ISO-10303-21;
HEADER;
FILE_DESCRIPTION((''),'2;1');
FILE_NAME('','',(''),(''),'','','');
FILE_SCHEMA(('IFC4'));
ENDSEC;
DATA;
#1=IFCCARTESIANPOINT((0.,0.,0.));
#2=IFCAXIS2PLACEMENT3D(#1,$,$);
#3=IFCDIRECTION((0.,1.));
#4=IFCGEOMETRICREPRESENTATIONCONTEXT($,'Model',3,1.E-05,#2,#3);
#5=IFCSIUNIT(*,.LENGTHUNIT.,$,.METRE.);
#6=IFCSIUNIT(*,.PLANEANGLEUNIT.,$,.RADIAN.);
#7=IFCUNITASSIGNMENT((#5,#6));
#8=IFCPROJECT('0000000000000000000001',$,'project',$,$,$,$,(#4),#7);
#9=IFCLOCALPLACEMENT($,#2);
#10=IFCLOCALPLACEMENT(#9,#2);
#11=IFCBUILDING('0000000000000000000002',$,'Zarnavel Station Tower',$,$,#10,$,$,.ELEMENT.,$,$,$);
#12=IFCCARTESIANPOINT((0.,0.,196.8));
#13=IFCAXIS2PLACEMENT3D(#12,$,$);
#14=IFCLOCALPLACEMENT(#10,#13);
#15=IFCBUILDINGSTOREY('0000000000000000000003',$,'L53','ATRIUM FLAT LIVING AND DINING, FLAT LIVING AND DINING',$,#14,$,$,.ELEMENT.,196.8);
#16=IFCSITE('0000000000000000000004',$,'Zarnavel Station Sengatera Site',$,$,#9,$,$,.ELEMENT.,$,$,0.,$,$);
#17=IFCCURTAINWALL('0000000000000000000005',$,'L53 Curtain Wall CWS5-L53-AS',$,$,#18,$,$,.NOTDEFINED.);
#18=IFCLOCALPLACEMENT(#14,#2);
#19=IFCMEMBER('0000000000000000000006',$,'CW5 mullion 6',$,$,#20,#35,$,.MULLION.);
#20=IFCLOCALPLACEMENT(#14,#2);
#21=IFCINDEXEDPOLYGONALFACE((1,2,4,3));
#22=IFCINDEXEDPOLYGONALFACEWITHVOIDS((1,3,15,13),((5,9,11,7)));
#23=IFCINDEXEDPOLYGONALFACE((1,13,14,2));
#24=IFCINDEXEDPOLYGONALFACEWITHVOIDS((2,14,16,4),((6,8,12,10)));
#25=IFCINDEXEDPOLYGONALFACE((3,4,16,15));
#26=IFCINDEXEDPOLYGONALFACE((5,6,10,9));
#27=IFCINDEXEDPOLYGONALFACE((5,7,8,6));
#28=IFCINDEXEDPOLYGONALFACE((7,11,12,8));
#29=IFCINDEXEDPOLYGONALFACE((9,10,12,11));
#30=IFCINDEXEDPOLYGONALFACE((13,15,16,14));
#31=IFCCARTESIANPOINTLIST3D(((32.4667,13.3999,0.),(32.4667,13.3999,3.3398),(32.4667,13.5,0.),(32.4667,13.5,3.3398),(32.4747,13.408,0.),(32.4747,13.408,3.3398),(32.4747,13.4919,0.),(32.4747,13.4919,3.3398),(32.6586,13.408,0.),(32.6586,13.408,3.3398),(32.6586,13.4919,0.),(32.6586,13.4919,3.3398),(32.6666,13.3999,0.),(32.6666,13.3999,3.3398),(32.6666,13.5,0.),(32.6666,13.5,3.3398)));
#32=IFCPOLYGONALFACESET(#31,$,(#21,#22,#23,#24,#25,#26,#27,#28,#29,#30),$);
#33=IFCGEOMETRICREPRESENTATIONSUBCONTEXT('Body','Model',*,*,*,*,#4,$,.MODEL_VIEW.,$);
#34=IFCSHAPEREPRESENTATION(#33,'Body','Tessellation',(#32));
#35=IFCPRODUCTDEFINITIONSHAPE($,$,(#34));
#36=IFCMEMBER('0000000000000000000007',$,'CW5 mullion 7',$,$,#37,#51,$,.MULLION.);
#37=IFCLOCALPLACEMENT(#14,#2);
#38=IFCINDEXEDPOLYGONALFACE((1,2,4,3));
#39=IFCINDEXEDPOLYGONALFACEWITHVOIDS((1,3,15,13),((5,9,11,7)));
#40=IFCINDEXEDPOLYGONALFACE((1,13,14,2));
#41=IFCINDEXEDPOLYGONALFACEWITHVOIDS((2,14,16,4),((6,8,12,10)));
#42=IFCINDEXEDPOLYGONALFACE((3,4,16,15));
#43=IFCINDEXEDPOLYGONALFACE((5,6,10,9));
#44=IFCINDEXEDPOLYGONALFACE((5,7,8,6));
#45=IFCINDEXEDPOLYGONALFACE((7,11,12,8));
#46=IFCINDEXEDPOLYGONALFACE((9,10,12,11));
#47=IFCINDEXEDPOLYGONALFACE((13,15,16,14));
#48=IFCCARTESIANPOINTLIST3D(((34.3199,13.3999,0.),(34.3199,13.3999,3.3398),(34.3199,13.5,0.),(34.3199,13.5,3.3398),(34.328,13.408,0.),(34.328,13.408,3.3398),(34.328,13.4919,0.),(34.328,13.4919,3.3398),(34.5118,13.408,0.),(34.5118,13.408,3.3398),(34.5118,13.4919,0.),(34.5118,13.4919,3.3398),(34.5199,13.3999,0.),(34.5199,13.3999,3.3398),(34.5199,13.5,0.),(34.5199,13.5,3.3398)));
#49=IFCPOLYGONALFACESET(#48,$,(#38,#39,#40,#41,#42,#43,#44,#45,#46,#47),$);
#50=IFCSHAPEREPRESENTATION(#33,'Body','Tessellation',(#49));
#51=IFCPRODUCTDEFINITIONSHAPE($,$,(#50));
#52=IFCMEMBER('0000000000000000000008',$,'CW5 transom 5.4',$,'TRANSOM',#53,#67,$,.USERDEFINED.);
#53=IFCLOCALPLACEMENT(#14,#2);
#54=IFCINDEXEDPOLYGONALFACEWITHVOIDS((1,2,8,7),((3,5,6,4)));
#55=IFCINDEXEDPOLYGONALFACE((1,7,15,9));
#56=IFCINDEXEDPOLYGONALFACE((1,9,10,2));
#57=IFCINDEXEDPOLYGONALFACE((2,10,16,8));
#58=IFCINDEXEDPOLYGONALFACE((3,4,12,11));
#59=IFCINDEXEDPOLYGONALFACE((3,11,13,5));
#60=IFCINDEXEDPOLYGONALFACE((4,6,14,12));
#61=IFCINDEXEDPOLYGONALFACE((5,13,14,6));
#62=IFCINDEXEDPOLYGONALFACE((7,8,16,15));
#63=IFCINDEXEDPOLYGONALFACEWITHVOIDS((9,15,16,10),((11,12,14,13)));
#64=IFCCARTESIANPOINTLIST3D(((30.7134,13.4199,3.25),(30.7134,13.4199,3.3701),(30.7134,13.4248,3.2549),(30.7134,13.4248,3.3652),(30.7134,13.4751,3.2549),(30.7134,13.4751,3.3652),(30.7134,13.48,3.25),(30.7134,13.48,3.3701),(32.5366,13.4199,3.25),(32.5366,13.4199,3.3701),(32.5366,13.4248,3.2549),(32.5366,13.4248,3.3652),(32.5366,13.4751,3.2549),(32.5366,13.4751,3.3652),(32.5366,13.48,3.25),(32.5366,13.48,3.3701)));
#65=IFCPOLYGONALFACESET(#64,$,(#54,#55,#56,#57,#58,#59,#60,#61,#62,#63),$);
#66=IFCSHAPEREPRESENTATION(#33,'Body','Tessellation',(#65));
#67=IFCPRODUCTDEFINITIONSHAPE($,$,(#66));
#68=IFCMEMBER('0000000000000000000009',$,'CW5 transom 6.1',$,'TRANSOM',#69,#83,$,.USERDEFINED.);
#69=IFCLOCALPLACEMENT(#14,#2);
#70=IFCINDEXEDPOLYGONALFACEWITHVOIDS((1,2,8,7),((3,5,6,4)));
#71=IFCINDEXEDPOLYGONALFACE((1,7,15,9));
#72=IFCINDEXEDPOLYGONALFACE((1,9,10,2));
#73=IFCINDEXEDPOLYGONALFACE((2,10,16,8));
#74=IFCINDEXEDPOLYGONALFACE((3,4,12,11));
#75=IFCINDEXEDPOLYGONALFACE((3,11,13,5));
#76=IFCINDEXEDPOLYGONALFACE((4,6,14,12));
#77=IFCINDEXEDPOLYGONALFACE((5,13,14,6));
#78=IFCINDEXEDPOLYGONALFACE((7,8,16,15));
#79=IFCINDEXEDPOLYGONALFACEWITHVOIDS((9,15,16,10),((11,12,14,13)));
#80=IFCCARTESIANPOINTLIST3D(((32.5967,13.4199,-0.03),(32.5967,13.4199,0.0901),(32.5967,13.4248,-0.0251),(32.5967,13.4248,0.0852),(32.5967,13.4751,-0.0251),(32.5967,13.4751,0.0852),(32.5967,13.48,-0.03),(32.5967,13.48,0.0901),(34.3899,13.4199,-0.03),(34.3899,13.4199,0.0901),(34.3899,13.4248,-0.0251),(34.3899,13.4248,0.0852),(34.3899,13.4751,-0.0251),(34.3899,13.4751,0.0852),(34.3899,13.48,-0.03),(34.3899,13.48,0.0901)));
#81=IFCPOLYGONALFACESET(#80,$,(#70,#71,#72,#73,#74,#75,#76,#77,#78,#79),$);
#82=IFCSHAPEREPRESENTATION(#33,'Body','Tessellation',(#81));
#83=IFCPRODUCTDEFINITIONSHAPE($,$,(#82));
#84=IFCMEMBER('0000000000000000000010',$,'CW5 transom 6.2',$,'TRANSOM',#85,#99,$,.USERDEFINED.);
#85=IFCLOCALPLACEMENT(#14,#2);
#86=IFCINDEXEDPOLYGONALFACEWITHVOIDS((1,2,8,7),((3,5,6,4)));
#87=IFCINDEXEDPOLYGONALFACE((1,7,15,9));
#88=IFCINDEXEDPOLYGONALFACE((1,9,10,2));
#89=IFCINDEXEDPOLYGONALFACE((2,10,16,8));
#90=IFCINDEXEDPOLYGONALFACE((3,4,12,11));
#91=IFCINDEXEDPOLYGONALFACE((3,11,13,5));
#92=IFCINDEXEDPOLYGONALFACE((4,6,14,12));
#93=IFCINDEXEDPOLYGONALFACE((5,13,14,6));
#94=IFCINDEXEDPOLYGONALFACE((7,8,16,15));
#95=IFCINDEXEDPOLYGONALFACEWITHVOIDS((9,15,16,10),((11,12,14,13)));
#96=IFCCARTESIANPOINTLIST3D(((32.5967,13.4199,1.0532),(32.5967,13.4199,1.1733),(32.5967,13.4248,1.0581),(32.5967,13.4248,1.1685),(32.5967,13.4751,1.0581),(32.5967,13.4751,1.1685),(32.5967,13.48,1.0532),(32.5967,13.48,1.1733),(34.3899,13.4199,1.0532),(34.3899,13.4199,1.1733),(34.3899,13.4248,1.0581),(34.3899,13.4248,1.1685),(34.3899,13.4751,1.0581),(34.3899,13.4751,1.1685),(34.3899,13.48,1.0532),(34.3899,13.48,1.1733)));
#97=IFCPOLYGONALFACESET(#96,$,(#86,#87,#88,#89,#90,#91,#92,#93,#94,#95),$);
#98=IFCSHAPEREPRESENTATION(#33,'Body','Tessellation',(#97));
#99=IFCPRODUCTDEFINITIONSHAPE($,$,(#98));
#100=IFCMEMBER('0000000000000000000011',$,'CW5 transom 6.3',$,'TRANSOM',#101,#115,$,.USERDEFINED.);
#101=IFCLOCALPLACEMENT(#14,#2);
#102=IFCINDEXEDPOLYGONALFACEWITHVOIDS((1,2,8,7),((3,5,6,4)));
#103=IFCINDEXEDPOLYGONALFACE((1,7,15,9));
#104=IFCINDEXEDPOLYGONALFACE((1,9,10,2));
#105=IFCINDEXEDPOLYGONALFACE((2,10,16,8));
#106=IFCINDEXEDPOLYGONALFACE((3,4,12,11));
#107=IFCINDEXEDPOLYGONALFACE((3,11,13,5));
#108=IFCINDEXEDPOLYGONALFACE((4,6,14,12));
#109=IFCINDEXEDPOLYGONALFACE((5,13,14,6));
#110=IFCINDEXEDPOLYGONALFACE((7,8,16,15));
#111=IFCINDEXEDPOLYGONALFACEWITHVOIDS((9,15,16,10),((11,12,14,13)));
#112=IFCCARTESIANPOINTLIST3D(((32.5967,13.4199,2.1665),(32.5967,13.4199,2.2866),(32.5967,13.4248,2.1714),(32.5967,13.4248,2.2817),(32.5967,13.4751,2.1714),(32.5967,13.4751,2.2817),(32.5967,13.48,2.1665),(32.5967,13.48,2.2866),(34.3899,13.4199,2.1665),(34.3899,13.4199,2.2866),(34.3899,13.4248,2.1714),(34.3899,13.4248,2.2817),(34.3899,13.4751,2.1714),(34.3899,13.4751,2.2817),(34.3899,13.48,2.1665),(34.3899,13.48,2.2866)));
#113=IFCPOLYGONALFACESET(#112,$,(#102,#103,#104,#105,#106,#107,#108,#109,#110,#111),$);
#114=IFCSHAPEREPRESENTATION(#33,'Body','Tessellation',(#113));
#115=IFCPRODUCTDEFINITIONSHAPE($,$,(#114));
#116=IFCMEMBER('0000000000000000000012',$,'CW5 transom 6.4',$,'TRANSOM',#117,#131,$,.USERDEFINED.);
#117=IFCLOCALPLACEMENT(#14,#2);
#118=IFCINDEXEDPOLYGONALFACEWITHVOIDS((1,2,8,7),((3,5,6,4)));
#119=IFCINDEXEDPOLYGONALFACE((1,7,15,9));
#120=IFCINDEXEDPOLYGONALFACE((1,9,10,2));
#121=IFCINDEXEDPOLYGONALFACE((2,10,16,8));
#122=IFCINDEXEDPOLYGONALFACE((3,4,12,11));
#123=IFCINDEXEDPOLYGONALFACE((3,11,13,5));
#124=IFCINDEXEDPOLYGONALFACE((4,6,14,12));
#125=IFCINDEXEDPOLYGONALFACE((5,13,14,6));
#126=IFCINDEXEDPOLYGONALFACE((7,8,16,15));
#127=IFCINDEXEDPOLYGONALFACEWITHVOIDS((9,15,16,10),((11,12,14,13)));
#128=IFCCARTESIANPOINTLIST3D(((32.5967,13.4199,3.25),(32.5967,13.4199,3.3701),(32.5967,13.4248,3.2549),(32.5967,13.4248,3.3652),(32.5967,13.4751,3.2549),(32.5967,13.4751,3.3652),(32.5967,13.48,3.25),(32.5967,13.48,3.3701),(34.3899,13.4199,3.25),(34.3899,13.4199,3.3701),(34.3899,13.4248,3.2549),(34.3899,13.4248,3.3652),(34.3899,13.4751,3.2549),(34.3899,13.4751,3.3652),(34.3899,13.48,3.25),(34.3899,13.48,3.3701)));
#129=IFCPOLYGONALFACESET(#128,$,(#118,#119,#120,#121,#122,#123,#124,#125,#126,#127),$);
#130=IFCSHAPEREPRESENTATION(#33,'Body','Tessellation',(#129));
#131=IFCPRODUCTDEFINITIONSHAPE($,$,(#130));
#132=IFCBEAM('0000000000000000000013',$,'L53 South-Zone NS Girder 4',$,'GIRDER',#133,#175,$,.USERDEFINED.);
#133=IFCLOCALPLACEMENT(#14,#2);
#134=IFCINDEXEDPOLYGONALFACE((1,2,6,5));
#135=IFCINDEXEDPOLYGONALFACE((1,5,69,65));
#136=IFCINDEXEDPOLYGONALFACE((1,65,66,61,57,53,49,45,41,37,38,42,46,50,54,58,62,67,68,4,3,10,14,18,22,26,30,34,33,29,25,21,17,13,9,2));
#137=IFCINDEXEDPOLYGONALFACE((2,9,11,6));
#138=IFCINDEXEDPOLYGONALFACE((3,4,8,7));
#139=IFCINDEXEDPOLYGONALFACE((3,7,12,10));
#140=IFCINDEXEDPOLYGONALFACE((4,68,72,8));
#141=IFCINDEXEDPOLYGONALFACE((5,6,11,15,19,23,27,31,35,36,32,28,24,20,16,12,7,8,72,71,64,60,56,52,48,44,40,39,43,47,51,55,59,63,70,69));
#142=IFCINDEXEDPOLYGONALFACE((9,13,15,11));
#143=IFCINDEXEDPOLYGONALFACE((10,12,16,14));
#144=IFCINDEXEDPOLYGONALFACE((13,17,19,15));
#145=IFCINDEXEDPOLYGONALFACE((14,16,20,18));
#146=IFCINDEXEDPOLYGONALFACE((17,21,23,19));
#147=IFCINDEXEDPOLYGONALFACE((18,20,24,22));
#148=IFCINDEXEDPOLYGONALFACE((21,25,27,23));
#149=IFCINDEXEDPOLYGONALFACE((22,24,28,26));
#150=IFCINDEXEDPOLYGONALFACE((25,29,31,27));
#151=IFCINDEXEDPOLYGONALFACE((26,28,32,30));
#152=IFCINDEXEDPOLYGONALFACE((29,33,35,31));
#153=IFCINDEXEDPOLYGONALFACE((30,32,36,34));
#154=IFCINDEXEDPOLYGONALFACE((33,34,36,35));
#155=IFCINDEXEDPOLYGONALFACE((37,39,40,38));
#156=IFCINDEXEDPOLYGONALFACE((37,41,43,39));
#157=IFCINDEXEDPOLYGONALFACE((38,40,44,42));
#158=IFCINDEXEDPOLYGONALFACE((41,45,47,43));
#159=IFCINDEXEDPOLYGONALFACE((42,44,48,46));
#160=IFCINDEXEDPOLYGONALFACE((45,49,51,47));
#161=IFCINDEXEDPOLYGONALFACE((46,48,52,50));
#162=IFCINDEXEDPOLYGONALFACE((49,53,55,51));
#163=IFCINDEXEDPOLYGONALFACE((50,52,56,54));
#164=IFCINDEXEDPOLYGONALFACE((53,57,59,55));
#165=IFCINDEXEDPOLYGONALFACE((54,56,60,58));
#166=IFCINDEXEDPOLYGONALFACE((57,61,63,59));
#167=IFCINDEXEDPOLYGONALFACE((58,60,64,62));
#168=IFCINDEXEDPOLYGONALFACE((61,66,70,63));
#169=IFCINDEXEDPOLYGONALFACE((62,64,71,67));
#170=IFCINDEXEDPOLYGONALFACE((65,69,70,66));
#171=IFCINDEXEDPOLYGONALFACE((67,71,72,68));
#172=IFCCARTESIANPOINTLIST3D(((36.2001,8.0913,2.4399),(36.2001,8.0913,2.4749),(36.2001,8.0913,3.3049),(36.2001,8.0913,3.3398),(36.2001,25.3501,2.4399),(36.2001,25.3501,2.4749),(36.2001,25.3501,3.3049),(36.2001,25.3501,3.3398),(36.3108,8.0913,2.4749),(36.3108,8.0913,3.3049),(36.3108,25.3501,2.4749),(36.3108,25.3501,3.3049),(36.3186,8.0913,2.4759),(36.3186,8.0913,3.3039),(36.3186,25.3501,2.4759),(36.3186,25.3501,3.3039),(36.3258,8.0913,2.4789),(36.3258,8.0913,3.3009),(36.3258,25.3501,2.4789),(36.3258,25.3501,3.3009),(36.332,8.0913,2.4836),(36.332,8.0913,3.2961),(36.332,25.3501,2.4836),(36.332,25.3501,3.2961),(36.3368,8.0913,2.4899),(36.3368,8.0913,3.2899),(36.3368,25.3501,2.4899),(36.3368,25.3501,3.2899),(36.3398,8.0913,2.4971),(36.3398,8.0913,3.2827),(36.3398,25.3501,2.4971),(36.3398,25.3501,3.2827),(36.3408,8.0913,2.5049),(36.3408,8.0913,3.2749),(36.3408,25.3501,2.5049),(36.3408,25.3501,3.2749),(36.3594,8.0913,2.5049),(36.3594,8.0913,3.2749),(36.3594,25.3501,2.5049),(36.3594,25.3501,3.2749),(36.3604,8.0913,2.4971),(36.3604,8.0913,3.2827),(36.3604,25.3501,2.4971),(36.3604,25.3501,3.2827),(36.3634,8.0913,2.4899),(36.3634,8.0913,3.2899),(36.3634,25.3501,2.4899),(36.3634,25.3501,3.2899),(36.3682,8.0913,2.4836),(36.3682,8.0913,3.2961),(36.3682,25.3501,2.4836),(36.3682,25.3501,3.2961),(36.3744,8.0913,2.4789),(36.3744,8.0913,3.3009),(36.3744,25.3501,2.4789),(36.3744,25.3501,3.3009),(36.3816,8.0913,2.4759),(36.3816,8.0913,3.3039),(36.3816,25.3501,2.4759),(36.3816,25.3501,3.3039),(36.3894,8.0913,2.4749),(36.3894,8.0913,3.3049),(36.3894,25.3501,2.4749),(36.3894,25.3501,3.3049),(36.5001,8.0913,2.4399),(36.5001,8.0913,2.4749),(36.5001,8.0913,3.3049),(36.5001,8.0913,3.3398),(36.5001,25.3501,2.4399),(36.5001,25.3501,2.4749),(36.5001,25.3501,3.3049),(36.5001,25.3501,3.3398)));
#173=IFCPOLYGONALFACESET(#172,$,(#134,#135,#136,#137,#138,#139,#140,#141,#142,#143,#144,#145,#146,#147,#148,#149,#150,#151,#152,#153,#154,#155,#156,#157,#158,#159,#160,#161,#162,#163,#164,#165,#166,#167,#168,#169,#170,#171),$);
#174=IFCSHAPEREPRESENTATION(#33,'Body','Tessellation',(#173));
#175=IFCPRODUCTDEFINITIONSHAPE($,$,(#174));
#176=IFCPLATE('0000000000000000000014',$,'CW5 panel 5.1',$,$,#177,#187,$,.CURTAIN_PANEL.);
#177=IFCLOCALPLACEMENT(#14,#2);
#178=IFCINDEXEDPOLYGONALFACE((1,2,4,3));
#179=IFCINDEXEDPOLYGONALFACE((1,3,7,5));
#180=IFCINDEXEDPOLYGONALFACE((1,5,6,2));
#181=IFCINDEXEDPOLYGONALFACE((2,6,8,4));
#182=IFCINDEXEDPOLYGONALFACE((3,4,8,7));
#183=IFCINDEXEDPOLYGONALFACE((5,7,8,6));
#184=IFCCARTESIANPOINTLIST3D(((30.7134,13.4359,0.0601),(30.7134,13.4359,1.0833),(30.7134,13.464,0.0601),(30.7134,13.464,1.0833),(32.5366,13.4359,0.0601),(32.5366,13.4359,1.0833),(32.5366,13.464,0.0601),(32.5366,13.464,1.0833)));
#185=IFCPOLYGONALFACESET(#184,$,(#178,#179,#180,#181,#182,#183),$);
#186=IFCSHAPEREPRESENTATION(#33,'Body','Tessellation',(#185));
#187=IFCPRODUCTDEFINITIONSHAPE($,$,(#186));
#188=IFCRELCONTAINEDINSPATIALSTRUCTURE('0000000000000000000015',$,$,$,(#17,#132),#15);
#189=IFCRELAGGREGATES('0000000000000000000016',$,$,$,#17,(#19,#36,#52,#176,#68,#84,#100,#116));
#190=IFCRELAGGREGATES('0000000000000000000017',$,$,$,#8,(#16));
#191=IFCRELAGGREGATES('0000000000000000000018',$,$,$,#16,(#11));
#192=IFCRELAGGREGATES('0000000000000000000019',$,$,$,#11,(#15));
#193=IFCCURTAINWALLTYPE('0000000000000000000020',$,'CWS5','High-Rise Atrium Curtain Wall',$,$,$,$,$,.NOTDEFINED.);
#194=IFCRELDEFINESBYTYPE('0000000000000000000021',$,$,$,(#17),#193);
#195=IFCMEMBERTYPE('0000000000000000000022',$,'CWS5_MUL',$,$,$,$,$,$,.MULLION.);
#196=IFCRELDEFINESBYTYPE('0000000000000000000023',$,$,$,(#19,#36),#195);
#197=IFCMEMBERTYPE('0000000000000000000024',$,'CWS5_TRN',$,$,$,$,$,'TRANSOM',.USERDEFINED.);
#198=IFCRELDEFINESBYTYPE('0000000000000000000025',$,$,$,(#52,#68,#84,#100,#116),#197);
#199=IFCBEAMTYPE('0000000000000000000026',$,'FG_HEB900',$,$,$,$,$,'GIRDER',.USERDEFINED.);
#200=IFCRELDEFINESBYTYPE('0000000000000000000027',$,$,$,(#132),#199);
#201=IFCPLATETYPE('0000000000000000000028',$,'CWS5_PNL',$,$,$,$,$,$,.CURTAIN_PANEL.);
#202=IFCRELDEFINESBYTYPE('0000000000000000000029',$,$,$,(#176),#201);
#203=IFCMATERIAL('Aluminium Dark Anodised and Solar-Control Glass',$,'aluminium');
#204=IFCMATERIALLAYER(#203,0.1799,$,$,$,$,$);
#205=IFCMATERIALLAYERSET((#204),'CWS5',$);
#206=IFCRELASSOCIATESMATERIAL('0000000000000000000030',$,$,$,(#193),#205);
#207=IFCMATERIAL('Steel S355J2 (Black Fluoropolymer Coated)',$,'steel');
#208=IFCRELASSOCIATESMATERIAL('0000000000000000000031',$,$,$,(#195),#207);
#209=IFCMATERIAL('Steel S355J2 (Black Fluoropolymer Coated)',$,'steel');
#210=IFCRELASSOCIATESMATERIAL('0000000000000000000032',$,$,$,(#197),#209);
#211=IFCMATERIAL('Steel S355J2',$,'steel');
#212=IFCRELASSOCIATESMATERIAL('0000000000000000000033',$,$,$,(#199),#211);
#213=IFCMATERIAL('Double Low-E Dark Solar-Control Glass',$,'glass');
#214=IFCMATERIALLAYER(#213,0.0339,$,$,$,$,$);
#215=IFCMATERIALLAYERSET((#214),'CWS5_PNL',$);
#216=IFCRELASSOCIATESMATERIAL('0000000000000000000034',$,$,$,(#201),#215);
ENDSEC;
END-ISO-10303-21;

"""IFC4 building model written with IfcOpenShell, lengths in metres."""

from ifc_helpers import new_model, si_unit, direction, frame, origin, origin_2d, place, context, subcontext, project, spatial, rectangle, hollow_rectangle, i_section, extrude, material, layer, layer_set, material_profile, profile_set, type_object, element, aggregate, save


model = new_model("IFC4")

# Units and contexts
model_context = context("Model", 3, precision=1e-05, world=origin(), true_north=direction((0.0, 1.0)))
body_context = subcontext(model_context, "Body", "Model", "MODEL_VIEW")
ifc_project = project(units=[si_unit("LENGTHUNIT", "METRE"), si_unit("PLANEANGLEUNIT", "RADIAN")], contexts=[model_context])

# Site, building, storey
site_placement = place(None, origin())
site = spatial("IfcSite", under=ifc_project, at=site_placement, Name="Zarnavel Station Sengatera Site", CompositionType="ELEMENT", RefElevation=0.0)
building_placement = place(site_placement, origin())
building = spatial("IfcBuilding", under=site, at=building_placement, Name="Zarnavel Station Tower", CompositionType="ELEMENT")
storey_placement = place(building_placement, frame((0.0, 0.0, 196.8)))
storey = spatial("IfcBuildingStorey", under=building, at=storey_placement, Name="L53", Description="ATRIUM FLAT LIVING AND DINING, FLAT LIVING AND DINING", CompositionType="ELEMENT", Elevation=196.8)

# Curtain wall, members
ifc_material_1 = material(Name="Aluminium Dark Anodised and Solar-Control Glass", Category="aluminium")
ifc_layer_1 = layer(ifc_material_1, 0.1799)
ifc_layer_set_1 = layer_set([ifc_layer_1], Name="CWS5")
curtain_wall_type = type_object("IfcCurtainWallType", Name="CWS5", Description="High-Rise Atrium Curtain Wall", PredefinedType="NOTDEFINED", material=ifc_layer_set_1)
curtain_wall_placement = place(storey_placement, origin())
curtain_wall = element("IfcCurtainWall", 1, at=curtain_wall_placement, inside=storey, type_object=curtain_wall_type, Name="L53 Curtain Wall CWS5-L53-AS", PredefinedType="NOTDEFINED")
ifc_material_2 = material(Name="Steel S355J2 (Black Fluoropolymer Coated)", Category="steel")
ifc_material_profile_1 = material_profile(ifc_material_2, hollow_rectangle(XDim=0.1001, YDim=0.2, WallThickness=0.0081, at=origin_2d()), Name="RHS200x100x8")
ifc_profile_set_1 = profile_set([ifc_material_profile_1], Name="Steel S355J2 (Black Fluoropolymer Coated)")
member_type_1 = type_object("IfcMemberType", Name="CWS5_MUL", PredefinedType="MULLION", material=ifc_profile_set_1)
member_1_placement = place(storey_placement, frame((32.5667, 13.45, 0.0), z_axis=(0.0, 0.0, 1.0), x_axis=(0.0, 1.0, 0.0)))
member_1 = element("IfcMember", 2, at=member_1_placement, type_object=member_type_1, Name="CW5 mullion 6", PredefinedType="MULLION", context=body_context, shape_type="SweptSolid", body=[
    extrude(hollow_rectangle(XDim=0.1001, YDim=0.2, WallThickness=0.0081, at=origin_2d()), origin(), (0.0, 0.0, 1.0), 3.3398),
])
member_2_placement = place(storey_placement, frame((34.4199, 13.45, 0.0), z_axis=(0.0, 0.0, 1.0), x_axis=(0.0, 1.0, 0.0)))
member_2 = element("IfcMember", 3, at=member_2_placement, type_object=member_type_1, Name="CW5 mullion 7", PredefinedType="MULLION", context=body_context, shape_type="SweptSolid", body=[
    extrude(hollow_rectangle(XDim=0.1001, YDim=0.2, WallThickness=0.0081, at=origin_2d()), origin(), (0.0, 0.0, 1.0), 3.3398),
])
ifc_material_3 = material(Name="Steel S355J2 (Black Fluoropolymer Coated)", Category="steel")
ifc_material_profile_2 = material_profile(ifc_material_3, hollow_rectangle(XDim=0.0601, YDim=0.1201, WallThickness=0.0049, at=origin_2d()), Name="RHS120x60x5")
ifc_profile_set_2 = profile_set([ifc_material_profile_2], Name="Steel S355J2 (Black Fluoropolymer Coated)")
member_type_2 = type_object("IfcMemberType", Name="CWS5_TRN", ElementType="TRANSOM", PredefinedType="USERDEFINED", material=ifc_profile_set_2)
member_3_placement = place(storey_placement, frame((30.7134, 13.45, 3.3101), z_axis=(1.0, 0.0, 0.0), x_axis=(0.0, 1.0, 0.0)))
member_3 = element("IfcMember", 4, at=member_3_placement, type_object=member_type_2, Name="CW5 transom 5.4", ObjectType="TRANSOM", PredefinedType="USERDEFINED", context=body_context, shape_type="SweptSolid", body=[
    extrude(hollow_rectangle(XDim=0.0601, YDim=0.1201, WallThickness=0.0049, at=origin_2d()), origin(), (0.0, 0.0, 1.0), 1.8232),
])
member_4_placement = place(storey_placement, frame((32.5967, 13.45, 0.03), z_axis=(1.0, 0.0, 0.0), x_axis=(0.0, 1.0, 0.0)))
member_4 = element("IfcMember", 5, at=member_4_placement, type_object=member_type_2, Name="CW5 transom 6.1", ObjectType="TRANSOM", PredefinedType="USERDEFINED", context=body_context, shape_type="SweptSolid", body=[
    extrude(hollow_rectangle(XDim=0.0601, YDim=0.1201, WallThickness=0.0049, at=origin_2d()), origin(), (0.0, 0.0, 1.0), 1.7932),
])
member_5_placement = place(storey_placement, frame((32.5967, 13.45, 1.1133), z_axis=(1.0, 0.0, 0.0), x_axis=(0.0, 1.0, 0.0)))
member_5 = element("IfcMember", 6, at=member_5_placement, type_object=member_type_2, Name="CW5 transom 6.2", ObjectType="TRANSOM", PredefinedType="USERDEFINED", context=body_context, shape_type="SweptSolid", body=[
    extrude(hollow_rectangle(XDim=0.0601, YDim=0.1201, WallThickness=0.0049, at=origin_2d()), origin(), (0.0, 0.0, 1.0), 1.7932),
])
member_6_placement = place(storey_placement, frame((32.5967, 13.45, 2.2266), z_axis=(1.0, 0.0, 0.0), x_axis=(0.0, 1.0, 0.0)))
member_6 = element("IfcMember", 7, at=member_6_placement, type_object=member_type_2, Name="CW5 transom 6.3", ObjectType="TRANSOM", PredefinedType="USERDEFINED", context=body_context, shape_type="SweptSolid", body=[
    extrude(hollow_rectangle(XDim=0.0601, YDim=0.1201, WallThickness=0.0049, at=origin_2d()), origin(), (0.0, 0.0, 1.0), 1.7932),
])
member_7_placement = place(storey_placement, frame((32.5967, 13.45, 3.3101), z_axis=(1.0, 0.0, 0.0), x_axis=(0.0, 1.0, 0.0)))
member_7 = element("IfcMember", 8, at=member_7_placement, type_object=member_type_2, Name="CW5 transom 6.4", ObjectType="TRANSOM", PredefinedType="USERDEFINED", context=body_context, shape_type="SweptSolid", body=[
    extrude(hollow_rectangle(XDim=0.0601, YDim=0.1201, WallThickness=0.0049, at=origin_2d()), origin(), (0.0, 0.0, 1.0), 1.7932),
])

# Beam
ifc_material_4 = material(Name="Steel S355J2", Category="steel")
ifc_material_profile_3 = material_profile(ifc_material_4, i_section(OverallWidth=0.3, OverallDepth=0.8999, WebThickness=0.0186, FlangeThickness=0.0349, FilletRadius=0.03, at=origin_2d()), Name="HEB900")
ifc_profile_set_3 = profile_set([ifc_material_profile_3], Name="Steel S355J2")
beam_type = type_object("IfcBeamType", Name="FG_HEB900", ElementType="GIRDER", PredefinedType="USERDEFINED", material=ifc_profile_set_3)
beam_placement = place(storey_placement, frame((36.3501, 8.0913, 2.8899), z_axis=(0.0, 1.0, 0.0), x_axis=(-1.0, 0.0, 0.0)))
element("IfcBeam", 9, at=beam_placement, inside=storey, type_object=beam_type, Name="L53 South-Zone NS Girder 4", ObjectType="GIRDER", PredefinedType="USERDEFINED", context=body_context, shape_type="SweptSolid", body=[
    extrude(i_section(OverallWidth=0.3, OverallDepth=0.8999, WebThickness=0.0186, FlangeThickness=0.0349, FilletRadius=0.03, at=origin_2d()), origin(), (0.0, 0.0, 1.0), 17.2588),
])

# Plate
ifc_material_5 = material(Name="Double Low-E Dark Solar-Control Glass", Category="glass")
ifc_layer_2 = layer(ifc_material_5, 0.0339)
ifc_layer_set_2 = layer_set([ifc_layer_2], Name="CWS5_PNL")
plate_type = type_object("IfcPlateType", Name="CWS5_PNL", PredefinedType="CURTAIN_PANEL", material=ifc_layer_set_2)
plate_1_placement = place(storey_placement, frame((31.625, 13.45, 0.0601), z_axis=(0.0, 0.0, 1.0), x_axis=(1.0, 0.0, 0.0)))
plate_1 = element("IfcPlate", 10, at=plate_1_placement, type_object=plate_type, Name="CW5 panel 5.1", PredefinedType="CURTAIN_PANEL", context=body_context, shape_type="SweptSolid", body=[
    extrude(rectangle(XDim=1.8232, YDim=0.0281, at=origin_2d()), origin(), (0.0, 0.0, 1.0), 1.0232),
])
aggregate(curtain_wall, [member_1, member_2, member_3, plate_1, member_4, member_5, member_6, member_7])

save(model, "model.ifc")
